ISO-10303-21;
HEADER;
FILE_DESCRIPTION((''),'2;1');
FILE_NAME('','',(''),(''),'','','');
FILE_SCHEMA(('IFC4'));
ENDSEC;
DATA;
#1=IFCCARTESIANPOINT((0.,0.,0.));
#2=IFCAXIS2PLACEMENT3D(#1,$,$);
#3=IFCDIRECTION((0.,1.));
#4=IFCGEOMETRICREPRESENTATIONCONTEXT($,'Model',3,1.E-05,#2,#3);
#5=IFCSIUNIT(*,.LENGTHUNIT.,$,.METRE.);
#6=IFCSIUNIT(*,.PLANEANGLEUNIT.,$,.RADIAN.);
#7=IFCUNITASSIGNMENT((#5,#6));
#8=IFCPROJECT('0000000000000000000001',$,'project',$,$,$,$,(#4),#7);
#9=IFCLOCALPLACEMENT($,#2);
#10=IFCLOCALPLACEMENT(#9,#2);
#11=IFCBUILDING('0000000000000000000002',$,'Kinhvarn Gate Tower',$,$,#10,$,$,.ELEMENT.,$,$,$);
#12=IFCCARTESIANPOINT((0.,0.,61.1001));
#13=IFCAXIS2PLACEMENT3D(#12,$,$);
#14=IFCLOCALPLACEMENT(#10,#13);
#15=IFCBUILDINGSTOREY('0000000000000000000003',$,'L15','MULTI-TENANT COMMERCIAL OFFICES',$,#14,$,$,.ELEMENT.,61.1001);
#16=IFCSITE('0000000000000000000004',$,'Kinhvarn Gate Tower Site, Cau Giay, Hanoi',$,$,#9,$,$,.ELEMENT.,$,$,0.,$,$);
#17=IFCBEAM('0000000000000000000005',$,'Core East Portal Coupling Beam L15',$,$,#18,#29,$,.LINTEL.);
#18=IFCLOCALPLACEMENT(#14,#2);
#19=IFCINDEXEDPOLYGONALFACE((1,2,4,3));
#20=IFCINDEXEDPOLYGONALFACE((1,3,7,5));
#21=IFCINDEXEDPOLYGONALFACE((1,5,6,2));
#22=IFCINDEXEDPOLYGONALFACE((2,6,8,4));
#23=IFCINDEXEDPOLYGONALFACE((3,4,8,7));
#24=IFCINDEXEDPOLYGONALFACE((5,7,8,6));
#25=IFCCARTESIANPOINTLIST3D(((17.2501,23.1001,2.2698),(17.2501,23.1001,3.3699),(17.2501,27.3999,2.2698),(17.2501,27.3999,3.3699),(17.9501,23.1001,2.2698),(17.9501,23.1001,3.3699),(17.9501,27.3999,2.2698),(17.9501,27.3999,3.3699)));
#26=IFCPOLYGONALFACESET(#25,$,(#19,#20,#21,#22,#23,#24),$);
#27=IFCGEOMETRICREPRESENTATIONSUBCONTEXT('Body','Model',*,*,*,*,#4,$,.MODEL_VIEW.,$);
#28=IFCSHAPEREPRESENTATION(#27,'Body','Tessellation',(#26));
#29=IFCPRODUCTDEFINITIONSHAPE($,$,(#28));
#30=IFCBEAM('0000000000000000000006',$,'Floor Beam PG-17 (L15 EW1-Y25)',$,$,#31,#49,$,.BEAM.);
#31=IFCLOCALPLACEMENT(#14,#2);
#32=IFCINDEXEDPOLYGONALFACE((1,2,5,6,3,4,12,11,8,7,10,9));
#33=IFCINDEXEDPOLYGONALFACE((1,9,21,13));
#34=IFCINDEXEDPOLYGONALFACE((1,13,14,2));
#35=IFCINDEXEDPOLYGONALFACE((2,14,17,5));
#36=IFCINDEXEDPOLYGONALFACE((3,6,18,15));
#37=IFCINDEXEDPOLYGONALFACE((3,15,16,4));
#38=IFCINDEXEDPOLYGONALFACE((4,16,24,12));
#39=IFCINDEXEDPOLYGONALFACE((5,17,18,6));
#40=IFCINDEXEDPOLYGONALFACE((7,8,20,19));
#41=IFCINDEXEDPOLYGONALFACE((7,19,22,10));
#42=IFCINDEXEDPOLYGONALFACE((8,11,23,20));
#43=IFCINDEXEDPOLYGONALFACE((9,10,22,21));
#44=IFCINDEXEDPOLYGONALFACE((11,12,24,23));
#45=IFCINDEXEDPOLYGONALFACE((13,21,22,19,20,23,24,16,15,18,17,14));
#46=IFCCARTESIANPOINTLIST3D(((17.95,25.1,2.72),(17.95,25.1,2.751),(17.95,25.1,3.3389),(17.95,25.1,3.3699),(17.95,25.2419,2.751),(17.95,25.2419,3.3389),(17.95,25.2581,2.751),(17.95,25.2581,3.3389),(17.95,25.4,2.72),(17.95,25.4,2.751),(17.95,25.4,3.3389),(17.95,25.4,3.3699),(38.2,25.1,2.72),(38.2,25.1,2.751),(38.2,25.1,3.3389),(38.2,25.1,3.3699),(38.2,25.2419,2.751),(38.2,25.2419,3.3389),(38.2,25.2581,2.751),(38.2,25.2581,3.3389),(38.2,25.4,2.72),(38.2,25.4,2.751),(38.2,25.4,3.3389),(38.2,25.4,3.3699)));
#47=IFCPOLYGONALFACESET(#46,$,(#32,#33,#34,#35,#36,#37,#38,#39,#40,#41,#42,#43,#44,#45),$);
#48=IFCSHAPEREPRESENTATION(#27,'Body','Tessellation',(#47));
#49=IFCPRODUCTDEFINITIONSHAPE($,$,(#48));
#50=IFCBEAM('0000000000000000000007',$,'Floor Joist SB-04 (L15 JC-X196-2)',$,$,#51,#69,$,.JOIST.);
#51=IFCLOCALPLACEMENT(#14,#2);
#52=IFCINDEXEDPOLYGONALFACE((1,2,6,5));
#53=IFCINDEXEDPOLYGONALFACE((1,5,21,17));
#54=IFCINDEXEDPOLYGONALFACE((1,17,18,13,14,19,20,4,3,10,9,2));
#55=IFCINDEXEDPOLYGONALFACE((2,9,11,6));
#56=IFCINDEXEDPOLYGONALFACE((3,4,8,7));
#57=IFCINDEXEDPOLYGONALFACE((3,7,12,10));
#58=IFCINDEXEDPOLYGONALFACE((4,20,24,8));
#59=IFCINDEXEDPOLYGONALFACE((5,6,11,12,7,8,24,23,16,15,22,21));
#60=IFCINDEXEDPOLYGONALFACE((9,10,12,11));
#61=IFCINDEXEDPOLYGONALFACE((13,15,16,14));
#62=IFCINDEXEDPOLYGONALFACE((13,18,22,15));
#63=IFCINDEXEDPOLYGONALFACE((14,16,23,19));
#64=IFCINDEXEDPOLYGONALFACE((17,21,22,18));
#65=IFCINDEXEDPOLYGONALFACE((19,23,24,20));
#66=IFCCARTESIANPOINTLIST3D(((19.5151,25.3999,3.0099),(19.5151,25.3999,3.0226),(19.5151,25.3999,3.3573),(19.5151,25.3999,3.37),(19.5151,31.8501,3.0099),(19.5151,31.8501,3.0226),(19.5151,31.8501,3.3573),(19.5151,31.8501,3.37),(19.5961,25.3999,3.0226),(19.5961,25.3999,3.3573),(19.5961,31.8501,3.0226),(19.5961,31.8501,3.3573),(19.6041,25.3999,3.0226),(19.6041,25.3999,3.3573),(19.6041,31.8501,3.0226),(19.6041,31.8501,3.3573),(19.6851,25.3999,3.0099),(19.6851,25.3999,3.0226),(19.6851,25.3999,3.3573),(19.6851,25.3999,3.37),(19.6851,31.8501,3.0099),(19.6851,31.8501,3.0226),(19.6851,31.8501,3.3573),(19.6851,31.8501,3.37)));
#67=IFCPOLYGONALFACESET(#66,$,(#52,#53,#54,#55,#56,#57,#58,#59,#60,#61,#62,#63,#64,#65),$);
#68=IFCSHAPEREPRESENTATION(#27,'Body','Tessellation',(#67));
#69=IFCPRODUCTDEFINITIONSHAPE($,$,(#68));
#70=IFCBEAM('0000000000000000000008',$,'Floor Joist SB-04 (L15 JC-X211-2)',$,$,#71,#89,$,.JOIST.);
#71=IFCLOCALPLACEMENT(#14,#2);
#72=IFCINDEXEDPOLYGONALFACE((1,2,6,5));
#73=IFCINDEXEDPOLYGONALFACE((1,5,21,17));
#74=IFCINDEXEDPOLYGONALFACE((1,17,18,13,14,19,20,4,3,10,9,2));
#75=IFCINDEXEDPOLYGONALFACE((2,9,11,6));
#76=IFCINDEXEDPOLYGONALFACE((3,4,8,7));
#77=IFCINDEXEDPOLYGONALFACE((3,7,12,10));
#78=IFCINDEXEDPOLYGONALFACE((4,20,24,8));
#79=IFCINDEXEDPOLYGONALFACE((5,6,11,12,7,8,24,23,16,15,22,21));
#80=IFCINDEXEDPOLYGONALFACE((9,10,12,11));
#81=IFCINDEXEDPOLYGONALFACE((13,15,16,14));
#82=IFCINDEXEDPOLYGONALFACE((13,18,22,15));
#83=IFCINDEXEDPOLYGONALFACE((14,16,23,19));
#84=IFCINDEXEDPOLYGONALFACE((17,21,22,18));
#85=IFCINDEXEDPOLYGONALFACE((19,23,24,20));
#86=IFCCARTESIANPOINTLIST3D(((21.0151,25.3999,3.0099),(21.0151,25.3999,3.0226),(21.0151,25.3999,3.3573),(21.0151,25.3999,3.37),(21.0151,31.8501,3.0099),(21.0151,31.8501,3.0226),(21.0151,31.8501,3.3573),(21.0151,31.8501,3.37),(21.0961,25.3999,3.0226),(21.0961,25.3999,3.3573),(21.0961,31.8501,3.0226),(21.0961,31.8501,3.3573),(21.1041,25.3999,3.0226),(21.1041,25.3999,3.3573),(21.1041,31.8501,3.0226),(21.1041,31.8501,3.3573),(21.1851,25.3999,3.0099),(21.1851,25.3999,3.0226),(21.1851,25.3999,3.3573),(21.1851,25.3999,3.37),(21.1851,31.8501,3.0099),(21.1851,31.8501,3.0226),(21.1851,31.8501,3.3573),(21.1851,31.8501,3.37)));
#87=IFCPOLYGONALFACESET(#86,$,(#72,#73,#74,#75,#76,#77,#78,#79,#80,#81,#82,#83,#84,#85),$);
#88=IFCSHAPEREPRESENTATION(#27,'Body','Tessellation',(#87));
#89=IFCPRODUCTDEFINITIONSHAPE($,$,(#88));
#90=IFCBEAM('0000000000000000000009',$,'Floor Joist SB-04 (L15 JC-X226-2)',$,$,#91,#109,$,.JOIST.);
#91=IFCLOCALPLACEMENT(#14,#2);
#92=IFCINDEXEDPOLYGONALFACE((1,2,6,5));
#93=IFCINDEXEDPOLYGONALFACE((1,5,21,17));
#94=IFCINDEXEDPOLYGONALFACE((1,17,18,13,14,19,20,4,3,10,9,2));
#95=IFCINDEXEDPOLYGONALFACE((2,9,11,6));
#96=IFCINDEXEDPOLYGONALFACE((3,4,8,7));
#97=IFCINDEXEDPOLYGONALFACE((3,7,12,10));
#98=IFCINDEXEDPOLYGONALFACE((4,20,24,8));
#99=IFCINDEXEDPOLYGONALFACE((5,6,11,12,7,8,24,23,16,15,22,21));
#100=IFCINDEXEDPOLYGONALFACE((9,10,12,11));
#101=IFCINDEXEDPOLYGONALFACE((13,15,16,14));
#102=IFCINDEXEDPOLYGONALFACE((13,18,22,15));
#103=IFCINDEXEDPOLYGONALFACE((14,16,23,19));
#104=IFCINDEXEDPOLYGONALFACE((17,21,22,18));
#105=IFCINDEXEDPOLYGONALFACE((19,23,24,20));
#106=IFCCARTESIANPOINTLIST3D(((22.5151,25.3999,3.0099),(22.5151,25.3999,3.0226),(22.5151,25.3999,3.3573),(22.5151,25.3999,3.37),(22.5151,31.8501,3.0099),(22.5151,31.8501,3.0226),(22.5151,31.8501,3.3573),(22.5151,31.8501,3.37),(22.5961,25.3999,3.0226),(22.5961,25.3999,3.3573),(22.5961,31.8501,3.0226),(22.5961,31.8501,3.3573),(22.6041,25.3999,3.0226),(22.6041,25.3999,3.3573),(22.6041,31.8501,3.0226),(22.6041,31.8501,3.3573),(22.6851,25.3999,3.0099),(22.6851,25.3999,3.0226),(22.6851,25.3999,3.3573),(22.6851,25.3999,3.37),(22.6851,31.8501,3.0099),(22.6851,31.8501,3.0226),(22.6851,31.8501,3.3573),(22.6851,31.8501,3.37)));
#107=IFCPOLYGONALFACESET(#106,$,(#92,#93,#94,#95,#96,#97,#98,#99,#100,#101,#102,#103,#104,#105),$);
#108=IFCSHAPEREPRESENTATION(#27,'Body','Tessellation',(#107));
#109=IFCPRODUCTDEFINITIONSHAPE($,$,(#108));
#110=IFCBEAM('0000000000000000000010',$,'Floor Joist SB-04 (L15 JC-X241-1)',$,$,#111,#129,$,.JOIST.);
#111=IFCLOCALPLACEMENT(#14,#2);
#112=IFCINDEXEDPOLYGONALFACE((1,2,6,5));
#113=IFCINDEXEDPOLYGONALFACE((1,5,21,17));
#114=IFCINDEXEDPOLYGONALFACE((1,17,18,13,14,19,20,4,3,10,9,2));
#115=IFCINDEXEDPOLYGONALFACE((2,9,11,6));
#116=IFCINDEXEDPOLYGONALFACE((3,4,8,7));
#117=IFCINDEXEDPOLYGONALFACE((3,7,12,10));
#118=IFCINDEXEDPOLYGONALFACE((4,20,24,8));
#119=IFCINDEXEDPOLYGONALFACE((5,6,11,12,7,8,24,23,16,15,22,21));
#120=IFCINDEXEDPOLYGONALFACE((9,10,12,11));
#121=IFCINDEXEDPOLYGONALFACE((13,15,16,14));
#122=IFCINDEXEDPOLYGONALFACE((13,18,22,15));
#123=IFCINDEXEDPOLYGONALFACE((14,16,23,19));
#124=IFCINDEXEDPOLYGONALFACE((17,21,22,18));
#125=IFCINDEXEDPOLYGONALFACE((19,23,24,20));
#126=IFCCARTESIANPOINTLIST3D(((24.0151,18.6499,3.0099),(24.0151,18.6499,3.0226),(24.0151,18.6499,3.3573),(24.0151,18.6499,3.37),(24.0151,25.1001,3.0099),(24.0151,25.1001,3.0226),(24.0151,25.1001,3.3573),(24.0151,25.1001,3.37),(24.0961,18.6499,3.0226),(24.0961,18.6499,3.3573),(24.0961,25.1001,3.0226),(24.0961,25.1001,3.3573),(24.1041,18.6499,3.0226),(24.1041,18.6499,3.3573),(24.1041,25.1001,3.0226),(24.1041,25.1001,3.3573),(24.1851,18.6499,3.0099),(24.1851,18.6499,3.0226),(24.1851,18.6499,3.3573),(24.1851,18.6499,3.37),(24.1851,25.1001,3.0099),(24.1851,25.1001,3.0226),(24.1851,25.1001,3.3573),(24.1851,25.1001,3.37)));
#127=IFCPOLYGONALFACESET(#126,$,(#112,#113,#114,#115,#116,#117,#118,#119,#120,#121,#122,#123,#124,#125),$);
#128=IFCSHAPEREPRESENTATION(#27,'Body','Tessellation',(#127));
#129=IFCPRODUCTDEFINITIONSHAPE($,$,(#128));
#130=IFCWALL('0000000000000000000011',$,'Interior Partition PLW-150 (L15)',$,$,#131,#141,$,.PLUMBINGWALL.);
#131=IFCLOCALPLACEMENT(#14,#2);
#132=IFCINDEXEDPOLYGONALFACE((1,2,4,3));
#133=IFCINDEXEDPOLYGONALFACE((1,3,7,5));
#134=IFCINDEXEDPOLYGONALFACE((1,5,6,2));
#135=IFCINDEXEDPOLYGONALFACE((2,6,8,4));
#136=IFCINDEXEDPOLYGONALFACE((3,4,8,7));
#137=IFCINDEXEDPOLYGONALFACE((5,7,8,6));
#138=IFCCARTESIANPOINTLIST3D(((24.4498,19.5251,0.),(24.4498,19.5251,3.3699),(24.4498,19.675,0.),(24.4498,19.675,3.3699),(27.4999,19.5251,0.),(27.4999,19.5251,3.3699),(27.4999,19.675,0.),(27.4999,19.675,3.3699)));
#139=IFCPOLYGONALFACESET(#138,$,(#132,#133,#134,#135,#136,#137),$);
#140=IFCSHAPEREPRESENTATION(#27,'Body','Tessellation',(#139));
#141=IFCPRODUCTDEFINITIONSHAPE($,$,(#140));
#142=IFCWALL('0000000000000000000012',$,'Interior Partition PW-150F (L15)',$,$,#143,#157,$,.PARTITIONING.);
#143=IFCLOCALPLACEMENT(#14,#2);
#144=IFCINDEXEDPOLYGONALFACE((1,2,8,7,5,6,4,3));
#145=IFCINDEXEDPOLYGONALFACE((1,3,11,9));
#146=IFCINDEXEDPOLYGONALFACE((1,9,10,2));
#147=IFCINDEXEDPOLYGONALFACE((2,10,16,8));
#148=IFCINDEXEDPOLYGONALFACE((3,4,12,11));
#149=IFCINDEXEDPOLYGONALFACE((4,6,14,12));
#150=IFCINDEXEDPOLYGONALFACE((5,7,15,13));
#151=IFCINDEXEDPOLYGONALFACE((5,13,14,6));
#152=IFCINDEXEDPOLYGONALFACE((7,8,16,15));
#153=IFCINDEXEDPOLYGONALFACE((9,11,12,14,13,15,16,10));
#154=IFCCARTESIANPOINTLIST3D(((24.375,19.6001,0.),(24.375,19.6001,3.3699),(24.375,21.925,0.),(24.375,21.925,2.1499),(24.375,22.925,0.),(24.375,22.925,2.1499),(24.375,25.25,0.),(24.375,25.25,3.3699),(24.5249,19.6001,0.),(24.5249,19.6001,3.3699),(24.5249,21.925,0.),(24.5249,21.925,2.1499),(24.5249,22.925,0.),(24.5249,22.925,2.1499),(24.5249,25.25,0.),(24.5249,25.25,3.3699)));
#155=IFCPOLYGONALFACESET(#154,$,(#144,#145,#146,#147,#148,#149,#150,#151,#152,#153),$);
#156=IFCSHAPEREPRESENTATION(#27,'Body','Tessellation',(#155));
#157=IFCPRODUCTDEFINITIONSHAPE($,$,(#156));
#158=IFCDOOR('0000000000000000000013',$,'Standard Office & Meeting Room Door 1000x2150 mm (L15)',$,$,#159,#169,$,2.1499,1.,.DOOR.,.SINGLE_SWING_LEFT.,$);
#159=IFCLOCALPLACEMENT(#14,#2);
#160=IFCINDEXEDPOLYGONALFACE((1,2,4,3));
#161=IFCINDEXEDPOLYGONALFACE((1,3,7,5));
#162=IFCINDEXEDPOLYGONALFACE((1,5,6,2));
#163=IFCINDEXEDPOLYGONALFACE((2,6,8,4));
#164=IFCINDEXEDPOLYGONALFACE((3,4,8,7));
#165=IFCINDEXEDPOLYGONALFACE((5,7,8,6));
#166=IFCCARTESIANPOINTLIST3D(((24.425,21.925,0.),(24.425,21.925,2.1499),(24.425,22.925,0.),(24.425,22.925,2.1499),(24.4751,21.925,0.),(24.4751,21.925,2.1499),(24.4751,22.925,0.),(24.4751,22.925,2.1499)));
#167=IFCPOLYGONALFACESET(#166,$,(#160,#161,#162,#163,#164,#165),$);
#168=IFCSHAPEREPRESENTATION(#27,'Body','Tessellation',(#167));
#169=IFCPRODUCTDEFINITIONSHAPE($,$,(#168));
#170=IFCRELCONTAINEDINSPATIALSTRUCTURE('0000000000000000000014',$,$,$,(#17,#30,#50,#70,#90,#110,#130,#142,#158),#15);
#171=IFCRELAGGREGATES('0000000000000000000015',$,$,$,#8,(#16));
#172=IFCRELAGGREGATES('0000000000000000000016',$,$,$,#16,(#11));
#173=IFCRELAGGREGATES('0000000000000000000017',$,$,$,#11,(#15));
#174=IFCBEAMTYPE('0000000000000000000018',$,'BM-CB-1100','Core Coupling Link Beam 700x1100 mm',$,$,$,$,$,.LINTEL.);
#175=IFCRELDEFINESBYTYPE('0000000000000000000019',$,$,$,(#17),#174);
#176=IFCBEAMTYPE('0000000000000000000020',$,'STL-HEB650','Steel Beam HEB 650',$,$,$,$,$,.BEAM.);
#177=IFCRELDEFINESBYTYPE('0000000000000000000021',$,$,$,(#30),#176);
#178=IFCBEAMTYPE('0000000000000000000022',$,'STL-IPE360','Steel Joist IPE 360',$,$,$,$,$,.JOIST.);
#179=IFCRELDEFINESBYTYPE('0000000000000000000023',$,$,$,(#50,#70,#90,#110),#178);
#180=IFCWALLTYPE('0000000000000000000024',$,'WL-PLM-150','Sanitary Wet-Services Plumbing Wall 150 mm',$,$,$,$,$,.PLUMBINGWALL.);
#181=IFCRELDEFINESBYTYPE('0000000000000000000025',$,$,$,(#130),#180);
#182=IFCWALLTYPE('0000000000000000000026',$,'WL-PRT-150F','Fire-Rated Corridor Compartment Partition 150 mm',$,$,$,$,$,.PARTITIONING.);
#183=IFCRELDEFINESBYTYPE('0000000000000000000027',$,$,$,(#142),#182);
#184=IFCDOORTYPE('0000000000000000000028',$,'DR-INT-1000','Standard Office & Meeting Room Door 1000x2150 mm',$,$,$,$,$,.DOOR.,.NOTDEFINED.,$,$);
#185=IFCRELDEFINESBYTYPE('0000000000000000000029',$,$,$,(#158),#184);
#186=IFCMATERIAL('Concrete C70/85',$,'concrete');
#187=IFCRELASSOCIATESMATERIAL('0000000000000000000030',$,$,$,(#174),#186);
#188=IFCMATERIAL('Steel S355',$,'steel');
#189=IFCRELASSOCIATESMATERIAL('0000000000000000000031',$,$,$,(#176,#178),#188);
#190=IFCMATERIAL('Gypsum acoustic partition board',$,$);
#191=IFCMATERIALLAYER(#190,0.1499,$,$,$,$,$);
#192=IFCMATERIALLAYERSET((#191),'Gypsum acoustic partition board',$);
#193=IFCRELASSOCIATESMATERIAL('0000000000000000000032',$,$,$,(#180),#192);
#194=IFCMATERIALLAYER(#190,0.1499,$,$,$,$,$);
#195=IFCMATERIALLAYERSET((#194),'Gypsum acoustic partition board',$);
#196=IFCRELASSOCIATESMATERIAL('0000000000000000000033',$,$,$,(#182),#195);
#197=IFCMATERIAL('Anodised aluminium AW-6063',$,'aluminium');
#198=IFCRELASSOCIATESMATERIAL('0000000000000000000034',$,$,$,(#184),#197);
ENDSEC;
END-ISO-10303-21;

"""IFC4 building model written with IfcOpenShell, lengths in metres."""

from ifc_helpers import new_model, si_unit, direction, frame, frame_2d, origin, origin_2d, place, context, subcontext, project, spatial, rectangle, i_section, extrude, material, layer, layer_set, material_profile, profile_set, type_object, element, fill, save


model = new_model("IFC4")

# Units and contexts
model_context = context("Model", 3, precision=1e-05, world=origin(), true_north=direction((0.0, 1.0)))
body_context = subcontext(model_context, "Body", "Model", "MODEL_VIEW")
ifc_project = project(units=[si_unit("LENGTHUNIT", "METRE"), si_unit("PLANEANGLEUNIT", "RADIAN")], contexts=[model_context])

# Site, building, storey
site_placement = place(None, origin())
site = spatial("IfcSite", under=ifc_project, at=site_placement, Name="Kinhvarn Gate Tower Site, Cau Giay, Hanoi", CompositionType="ELEMENT", RefElevation=0.0)
building_placement = place(site_placement, origin())
building = spatial("IfcBuilding", under=site, at=building_placement, Name="Kinhvarn Gate Tower", CompositionType="ELEMENT")
storey_placement = place(building_placement, frame((0.0, 0.0, 61.1001)))
storey = spatial("IfcBuildingStorey", under=building, at=storey_placement, Name="L15", Description="MULTI-TENANT COMMERCIAL OFFICES", CompositionType="ELEMENT", Elevation=61.1001)

# Beams
ifc_material_1 = material(Name="Concrete C70/85", Category="concrete")
ifc_material_profile_1 = material_profile(ifc_material_1, rectangle(XDim=0.7, YDim=1.1001, at=origin_2d()), Name="RC 700x1100")
ifc_profile_set_1 = profile_set([ifc_material_profile_1], Name="Concrete C70/85")
beam_type_1 = type_object("IfcBeamType", Name="BM-CB-1100", Description="Core Coupling Link Beam 700x1100 mm", PredefinedType="LINTEL", material=ifc_profile_set_1)
beam_1_placement = place(storey_placement, frame((17.6001, 23.1001, 2.8198), z_axis=(0.0, 1.0, 0.0), x_axis=(-1.0, 0.0, 0.0)))
element("IfcBeam", 1, at=beam_1_placement, inside=storey, type_object=beam_type_1, Name="Core East Portal Coupling Beam L15", PredefinedType="LINTEL", context=body_context, shape_type="SweptSolid", body=[
    extrude(rectangle(XDim=0.7, YDim=1.1001, at=origin_2d()), origin(), (0.0, 0.0, 1.0), 4.2998),
])
ifc_material_2 = material(Name="Steel S355", Category="steel")
ifc_material_profile_2 = material_profile(ifc_material_2, i_section(OverallWidth=0.3, OverallDepth=0.6499, WebThickness=0.0161, FlangeThickness=0.031, at=origin_2d()), Name="HEB 650")
ifc_profile_set_2 = profile_set([ifc_material_profile_2], Name="Steel S355")
beam_type_2 = type_object("IfcBeamType", Name="STL-HEB650", Description="Steel Beam HEB 650", PredefinedType="BEAM", material=ifc_profile_set_2)
beam_2_placement = place(storey_placement, frame((17.95, 25.25, 3.0449), z_axis=(1.0, 0.0, 0.0), x_axis=(0.0, 1.0, 0.0)))
element("IfcBeam", 2, at=beam_2_placement, inside=storey, type_object=beam_type_2, Name="Floor Beam PG-17 (L15 EW1-Y25)", PredefinedType="BEAM", context=body_context, shape_type="SweptSolid", body=[
    extrude(i_section(OverallWidth=0.3, OverallDepth=0.6499, WebThickness=0.0161, FlangeThickness=0.031, at=origin_2d()), origin(), (0.0, 0.0, 1.0), 20.25),
])
ifc_material_profile_3 = material_profile(ifc_material_2, i_section(OverallWidth=0.1699, OverallDepth=0.3601, WebThickness=0.0081, FlangeThickness=0.0127, at=origin_2d()), Name="IPE 360")
ifc_profile_set_3 = profile_set([ifc_material_profile_3], Name="Steel S355")
beam_type_3 = type_object("IfcBeamType", Name="STL-IPE360", Description="Steel Joist IPE 360", PredefinedType="JOIST", material=ifc_profile_set_3)
for number, where, z_axis, x_axis, name in (
    (3, (19.6001, 25.3999, 3.1899), (0.0, 1.0, 0.0), (-1.0, 0.0, 0.0), "Floor Joist SB-04 (L15 JC-X196-2)"),
    (4, (21.1001, 25.3999, 3.1899), (0.0, 1.0, 0.0), (-1.0, 0.0, 0.0), "Floor Joist SB-04 (L15 JC-X211-2)"),
    (5, (22.6001, 25.3999, 3.1899), (0.0, 1.0, 0.0), (-1.0, 0.0, 0.0), "Floor Joist SB-04 (L15 JC-X226-2)"),
    (6, (24.1001, 18.6499, 3.1899), (0.0, 1.0, 0.0), (-1.0, 0.0, 0.0), "Floor Joist SB-04 (L15 JC-X241-1)"),
):
    element("IfcBeam", number, at=place(storey_placement, frame(where, z_axis=z_axis, x_axis=x_axis)), inside=storey, type_object=beam_type_3, Name=name, PredefinedType="JOIST", context=body_context, shape_type="SweptSolid", body=[
        extrude(i_section(OverallWidth=0.1699, OverallDepth=0.3601, WebThickness=0.0081, FlangeThickness=0.0127, at=origin_2d()), origin(), (0.0, 0.0, 1.0), 6.4502),
    ])

# Wall
ifc_material_3 = material(Name="Gypsum acoustic partition board")
ifc_layer_1 = layer(ifc_material_3, 0.1499)
ifc_layer_set_1 = layer_set([ifc_layer_1], Name="Gypsum acoustic partition board")
wall_type_1 = type_object("IfcWallType", Name="WL-PLM-150", Description="Sanitary Wet-Services Plumbing Wall 150 mm", PredefinedType="PLUMBINGWALL", material=ifc_layer_set_1)
wall_1_placement = place(storey_placement, frame((24.45, 19.6001, 0.0), z_axis=(0.0, 0.0, 1.0), x_axis=(1.0, 0.0, 0.0)))
element("IfcWall", 7, at=wall_1_placement, inside=storey, type_object=wall_type_1, Name="Interior Partition PLW-150 (L15)", PredefinedType="PLUMBINGWALL", context=body_context, shape_type="SweptSolid", body=[
    extrude(rectangle(XDim=3.05, YDim=0.1499, at=frame_2d((1.5249, 0.0))), origin(), (0.0, 0.0, 1.0), 3.3699),
])

# Wall, opening, door
ifc_layer_2 = layer(ifc_material_3, 0.1499)
ifc_layer_set_2 = layer_set([ifc_layer_2], Name="Gypsum acoustic partition board")
wall_type_2 = type_object("IfcWallType", Name="WL-PRT-150F", Description="Fire-Rated Corridor Compartment Partition 150 mm", PredefinedType="PARTITIONING", material=ifc_layer_set_2)
wall_2_placement = place(storey_placement, frame((24.45, 19.6001, 0.0), z_axis=(0.0, 0.0, 1.0), x_axis=(0.0, 1.0, 0.0)))
wall_2 = element("IfcWall", 8, at=wall_2_placement, inside=storey, type_object=wall_type_2, Name="Interior Partition PW-150F (L15)", PredefinedType="PARTITIONING", context=body_context, shape_type="SweptSolid", body=[
    extrude(rectangle(XDim=5.6499, YDim=0.1499, at=frame_2d((2.825, 0.0))), origin(), (0.0, 0.0, 1.0), 3.3699),
])
opening_1_placement = place(wall_2_placement, frame((2.325, 0.0, 0.0)))
opening_1 = element("IfcOpeningElement", 9, at=opening_1_placement, cuts=wall_2, PredefinedType="OPENING", context=body_context, shape_type="SweptSolid", body=[
    extrude(rectangle(XDim=1.0, YDim=2.1499, at=frame_2d((0.5, 1.075))), frame((0.0, 0.085, 0.0), z_axis=(0.0, -1.0, 0.0), x_axis=(1.0, 0.0, 0.0)), (0.0, 0.0, 1.0), 0.1699),
])
ifc_material_4 = material(Name="Anodised aluminium AW-6063", Category="aluminium")
door_type_1 = type_object("IfcDoorType", Name="DR-INT-1000", Description="Standard Office & Meeting Room Door 1000x2150 mm", OperationType="NOTDEFINED", PredefinedType="DOOR", material=ifc_material_4)
door_1_placement = place(opening_1_placement, origin())
door_1 = element("IfcDoor", 10, at=door_1_placement, inside=storey, type_object=door_type_1, Name="Standard Office & Meeting Room Door 1000x2150 mm (L15)", OperationType="SINGLE_SWING_LEFT", OverallHeight=2.1499, OverallWidth=1.0, PredefinedType="DOOR", context=body_context, shape_type="SweptSolid", body=[
    extrude(rectangle(XDim=1.0, YDim=2.1499, at=frame_2d((0.5, 1.075))), frame((0.0, 0.0249, 0.0), z_axis=(0.0, -1.0, 0.0), x_axis=(1.0, 0.0, 0.0)), (0.0, 0.0, 1.0), 0.05),
])
fill(opening_1, door_1)

save(model, "model.ifc")
